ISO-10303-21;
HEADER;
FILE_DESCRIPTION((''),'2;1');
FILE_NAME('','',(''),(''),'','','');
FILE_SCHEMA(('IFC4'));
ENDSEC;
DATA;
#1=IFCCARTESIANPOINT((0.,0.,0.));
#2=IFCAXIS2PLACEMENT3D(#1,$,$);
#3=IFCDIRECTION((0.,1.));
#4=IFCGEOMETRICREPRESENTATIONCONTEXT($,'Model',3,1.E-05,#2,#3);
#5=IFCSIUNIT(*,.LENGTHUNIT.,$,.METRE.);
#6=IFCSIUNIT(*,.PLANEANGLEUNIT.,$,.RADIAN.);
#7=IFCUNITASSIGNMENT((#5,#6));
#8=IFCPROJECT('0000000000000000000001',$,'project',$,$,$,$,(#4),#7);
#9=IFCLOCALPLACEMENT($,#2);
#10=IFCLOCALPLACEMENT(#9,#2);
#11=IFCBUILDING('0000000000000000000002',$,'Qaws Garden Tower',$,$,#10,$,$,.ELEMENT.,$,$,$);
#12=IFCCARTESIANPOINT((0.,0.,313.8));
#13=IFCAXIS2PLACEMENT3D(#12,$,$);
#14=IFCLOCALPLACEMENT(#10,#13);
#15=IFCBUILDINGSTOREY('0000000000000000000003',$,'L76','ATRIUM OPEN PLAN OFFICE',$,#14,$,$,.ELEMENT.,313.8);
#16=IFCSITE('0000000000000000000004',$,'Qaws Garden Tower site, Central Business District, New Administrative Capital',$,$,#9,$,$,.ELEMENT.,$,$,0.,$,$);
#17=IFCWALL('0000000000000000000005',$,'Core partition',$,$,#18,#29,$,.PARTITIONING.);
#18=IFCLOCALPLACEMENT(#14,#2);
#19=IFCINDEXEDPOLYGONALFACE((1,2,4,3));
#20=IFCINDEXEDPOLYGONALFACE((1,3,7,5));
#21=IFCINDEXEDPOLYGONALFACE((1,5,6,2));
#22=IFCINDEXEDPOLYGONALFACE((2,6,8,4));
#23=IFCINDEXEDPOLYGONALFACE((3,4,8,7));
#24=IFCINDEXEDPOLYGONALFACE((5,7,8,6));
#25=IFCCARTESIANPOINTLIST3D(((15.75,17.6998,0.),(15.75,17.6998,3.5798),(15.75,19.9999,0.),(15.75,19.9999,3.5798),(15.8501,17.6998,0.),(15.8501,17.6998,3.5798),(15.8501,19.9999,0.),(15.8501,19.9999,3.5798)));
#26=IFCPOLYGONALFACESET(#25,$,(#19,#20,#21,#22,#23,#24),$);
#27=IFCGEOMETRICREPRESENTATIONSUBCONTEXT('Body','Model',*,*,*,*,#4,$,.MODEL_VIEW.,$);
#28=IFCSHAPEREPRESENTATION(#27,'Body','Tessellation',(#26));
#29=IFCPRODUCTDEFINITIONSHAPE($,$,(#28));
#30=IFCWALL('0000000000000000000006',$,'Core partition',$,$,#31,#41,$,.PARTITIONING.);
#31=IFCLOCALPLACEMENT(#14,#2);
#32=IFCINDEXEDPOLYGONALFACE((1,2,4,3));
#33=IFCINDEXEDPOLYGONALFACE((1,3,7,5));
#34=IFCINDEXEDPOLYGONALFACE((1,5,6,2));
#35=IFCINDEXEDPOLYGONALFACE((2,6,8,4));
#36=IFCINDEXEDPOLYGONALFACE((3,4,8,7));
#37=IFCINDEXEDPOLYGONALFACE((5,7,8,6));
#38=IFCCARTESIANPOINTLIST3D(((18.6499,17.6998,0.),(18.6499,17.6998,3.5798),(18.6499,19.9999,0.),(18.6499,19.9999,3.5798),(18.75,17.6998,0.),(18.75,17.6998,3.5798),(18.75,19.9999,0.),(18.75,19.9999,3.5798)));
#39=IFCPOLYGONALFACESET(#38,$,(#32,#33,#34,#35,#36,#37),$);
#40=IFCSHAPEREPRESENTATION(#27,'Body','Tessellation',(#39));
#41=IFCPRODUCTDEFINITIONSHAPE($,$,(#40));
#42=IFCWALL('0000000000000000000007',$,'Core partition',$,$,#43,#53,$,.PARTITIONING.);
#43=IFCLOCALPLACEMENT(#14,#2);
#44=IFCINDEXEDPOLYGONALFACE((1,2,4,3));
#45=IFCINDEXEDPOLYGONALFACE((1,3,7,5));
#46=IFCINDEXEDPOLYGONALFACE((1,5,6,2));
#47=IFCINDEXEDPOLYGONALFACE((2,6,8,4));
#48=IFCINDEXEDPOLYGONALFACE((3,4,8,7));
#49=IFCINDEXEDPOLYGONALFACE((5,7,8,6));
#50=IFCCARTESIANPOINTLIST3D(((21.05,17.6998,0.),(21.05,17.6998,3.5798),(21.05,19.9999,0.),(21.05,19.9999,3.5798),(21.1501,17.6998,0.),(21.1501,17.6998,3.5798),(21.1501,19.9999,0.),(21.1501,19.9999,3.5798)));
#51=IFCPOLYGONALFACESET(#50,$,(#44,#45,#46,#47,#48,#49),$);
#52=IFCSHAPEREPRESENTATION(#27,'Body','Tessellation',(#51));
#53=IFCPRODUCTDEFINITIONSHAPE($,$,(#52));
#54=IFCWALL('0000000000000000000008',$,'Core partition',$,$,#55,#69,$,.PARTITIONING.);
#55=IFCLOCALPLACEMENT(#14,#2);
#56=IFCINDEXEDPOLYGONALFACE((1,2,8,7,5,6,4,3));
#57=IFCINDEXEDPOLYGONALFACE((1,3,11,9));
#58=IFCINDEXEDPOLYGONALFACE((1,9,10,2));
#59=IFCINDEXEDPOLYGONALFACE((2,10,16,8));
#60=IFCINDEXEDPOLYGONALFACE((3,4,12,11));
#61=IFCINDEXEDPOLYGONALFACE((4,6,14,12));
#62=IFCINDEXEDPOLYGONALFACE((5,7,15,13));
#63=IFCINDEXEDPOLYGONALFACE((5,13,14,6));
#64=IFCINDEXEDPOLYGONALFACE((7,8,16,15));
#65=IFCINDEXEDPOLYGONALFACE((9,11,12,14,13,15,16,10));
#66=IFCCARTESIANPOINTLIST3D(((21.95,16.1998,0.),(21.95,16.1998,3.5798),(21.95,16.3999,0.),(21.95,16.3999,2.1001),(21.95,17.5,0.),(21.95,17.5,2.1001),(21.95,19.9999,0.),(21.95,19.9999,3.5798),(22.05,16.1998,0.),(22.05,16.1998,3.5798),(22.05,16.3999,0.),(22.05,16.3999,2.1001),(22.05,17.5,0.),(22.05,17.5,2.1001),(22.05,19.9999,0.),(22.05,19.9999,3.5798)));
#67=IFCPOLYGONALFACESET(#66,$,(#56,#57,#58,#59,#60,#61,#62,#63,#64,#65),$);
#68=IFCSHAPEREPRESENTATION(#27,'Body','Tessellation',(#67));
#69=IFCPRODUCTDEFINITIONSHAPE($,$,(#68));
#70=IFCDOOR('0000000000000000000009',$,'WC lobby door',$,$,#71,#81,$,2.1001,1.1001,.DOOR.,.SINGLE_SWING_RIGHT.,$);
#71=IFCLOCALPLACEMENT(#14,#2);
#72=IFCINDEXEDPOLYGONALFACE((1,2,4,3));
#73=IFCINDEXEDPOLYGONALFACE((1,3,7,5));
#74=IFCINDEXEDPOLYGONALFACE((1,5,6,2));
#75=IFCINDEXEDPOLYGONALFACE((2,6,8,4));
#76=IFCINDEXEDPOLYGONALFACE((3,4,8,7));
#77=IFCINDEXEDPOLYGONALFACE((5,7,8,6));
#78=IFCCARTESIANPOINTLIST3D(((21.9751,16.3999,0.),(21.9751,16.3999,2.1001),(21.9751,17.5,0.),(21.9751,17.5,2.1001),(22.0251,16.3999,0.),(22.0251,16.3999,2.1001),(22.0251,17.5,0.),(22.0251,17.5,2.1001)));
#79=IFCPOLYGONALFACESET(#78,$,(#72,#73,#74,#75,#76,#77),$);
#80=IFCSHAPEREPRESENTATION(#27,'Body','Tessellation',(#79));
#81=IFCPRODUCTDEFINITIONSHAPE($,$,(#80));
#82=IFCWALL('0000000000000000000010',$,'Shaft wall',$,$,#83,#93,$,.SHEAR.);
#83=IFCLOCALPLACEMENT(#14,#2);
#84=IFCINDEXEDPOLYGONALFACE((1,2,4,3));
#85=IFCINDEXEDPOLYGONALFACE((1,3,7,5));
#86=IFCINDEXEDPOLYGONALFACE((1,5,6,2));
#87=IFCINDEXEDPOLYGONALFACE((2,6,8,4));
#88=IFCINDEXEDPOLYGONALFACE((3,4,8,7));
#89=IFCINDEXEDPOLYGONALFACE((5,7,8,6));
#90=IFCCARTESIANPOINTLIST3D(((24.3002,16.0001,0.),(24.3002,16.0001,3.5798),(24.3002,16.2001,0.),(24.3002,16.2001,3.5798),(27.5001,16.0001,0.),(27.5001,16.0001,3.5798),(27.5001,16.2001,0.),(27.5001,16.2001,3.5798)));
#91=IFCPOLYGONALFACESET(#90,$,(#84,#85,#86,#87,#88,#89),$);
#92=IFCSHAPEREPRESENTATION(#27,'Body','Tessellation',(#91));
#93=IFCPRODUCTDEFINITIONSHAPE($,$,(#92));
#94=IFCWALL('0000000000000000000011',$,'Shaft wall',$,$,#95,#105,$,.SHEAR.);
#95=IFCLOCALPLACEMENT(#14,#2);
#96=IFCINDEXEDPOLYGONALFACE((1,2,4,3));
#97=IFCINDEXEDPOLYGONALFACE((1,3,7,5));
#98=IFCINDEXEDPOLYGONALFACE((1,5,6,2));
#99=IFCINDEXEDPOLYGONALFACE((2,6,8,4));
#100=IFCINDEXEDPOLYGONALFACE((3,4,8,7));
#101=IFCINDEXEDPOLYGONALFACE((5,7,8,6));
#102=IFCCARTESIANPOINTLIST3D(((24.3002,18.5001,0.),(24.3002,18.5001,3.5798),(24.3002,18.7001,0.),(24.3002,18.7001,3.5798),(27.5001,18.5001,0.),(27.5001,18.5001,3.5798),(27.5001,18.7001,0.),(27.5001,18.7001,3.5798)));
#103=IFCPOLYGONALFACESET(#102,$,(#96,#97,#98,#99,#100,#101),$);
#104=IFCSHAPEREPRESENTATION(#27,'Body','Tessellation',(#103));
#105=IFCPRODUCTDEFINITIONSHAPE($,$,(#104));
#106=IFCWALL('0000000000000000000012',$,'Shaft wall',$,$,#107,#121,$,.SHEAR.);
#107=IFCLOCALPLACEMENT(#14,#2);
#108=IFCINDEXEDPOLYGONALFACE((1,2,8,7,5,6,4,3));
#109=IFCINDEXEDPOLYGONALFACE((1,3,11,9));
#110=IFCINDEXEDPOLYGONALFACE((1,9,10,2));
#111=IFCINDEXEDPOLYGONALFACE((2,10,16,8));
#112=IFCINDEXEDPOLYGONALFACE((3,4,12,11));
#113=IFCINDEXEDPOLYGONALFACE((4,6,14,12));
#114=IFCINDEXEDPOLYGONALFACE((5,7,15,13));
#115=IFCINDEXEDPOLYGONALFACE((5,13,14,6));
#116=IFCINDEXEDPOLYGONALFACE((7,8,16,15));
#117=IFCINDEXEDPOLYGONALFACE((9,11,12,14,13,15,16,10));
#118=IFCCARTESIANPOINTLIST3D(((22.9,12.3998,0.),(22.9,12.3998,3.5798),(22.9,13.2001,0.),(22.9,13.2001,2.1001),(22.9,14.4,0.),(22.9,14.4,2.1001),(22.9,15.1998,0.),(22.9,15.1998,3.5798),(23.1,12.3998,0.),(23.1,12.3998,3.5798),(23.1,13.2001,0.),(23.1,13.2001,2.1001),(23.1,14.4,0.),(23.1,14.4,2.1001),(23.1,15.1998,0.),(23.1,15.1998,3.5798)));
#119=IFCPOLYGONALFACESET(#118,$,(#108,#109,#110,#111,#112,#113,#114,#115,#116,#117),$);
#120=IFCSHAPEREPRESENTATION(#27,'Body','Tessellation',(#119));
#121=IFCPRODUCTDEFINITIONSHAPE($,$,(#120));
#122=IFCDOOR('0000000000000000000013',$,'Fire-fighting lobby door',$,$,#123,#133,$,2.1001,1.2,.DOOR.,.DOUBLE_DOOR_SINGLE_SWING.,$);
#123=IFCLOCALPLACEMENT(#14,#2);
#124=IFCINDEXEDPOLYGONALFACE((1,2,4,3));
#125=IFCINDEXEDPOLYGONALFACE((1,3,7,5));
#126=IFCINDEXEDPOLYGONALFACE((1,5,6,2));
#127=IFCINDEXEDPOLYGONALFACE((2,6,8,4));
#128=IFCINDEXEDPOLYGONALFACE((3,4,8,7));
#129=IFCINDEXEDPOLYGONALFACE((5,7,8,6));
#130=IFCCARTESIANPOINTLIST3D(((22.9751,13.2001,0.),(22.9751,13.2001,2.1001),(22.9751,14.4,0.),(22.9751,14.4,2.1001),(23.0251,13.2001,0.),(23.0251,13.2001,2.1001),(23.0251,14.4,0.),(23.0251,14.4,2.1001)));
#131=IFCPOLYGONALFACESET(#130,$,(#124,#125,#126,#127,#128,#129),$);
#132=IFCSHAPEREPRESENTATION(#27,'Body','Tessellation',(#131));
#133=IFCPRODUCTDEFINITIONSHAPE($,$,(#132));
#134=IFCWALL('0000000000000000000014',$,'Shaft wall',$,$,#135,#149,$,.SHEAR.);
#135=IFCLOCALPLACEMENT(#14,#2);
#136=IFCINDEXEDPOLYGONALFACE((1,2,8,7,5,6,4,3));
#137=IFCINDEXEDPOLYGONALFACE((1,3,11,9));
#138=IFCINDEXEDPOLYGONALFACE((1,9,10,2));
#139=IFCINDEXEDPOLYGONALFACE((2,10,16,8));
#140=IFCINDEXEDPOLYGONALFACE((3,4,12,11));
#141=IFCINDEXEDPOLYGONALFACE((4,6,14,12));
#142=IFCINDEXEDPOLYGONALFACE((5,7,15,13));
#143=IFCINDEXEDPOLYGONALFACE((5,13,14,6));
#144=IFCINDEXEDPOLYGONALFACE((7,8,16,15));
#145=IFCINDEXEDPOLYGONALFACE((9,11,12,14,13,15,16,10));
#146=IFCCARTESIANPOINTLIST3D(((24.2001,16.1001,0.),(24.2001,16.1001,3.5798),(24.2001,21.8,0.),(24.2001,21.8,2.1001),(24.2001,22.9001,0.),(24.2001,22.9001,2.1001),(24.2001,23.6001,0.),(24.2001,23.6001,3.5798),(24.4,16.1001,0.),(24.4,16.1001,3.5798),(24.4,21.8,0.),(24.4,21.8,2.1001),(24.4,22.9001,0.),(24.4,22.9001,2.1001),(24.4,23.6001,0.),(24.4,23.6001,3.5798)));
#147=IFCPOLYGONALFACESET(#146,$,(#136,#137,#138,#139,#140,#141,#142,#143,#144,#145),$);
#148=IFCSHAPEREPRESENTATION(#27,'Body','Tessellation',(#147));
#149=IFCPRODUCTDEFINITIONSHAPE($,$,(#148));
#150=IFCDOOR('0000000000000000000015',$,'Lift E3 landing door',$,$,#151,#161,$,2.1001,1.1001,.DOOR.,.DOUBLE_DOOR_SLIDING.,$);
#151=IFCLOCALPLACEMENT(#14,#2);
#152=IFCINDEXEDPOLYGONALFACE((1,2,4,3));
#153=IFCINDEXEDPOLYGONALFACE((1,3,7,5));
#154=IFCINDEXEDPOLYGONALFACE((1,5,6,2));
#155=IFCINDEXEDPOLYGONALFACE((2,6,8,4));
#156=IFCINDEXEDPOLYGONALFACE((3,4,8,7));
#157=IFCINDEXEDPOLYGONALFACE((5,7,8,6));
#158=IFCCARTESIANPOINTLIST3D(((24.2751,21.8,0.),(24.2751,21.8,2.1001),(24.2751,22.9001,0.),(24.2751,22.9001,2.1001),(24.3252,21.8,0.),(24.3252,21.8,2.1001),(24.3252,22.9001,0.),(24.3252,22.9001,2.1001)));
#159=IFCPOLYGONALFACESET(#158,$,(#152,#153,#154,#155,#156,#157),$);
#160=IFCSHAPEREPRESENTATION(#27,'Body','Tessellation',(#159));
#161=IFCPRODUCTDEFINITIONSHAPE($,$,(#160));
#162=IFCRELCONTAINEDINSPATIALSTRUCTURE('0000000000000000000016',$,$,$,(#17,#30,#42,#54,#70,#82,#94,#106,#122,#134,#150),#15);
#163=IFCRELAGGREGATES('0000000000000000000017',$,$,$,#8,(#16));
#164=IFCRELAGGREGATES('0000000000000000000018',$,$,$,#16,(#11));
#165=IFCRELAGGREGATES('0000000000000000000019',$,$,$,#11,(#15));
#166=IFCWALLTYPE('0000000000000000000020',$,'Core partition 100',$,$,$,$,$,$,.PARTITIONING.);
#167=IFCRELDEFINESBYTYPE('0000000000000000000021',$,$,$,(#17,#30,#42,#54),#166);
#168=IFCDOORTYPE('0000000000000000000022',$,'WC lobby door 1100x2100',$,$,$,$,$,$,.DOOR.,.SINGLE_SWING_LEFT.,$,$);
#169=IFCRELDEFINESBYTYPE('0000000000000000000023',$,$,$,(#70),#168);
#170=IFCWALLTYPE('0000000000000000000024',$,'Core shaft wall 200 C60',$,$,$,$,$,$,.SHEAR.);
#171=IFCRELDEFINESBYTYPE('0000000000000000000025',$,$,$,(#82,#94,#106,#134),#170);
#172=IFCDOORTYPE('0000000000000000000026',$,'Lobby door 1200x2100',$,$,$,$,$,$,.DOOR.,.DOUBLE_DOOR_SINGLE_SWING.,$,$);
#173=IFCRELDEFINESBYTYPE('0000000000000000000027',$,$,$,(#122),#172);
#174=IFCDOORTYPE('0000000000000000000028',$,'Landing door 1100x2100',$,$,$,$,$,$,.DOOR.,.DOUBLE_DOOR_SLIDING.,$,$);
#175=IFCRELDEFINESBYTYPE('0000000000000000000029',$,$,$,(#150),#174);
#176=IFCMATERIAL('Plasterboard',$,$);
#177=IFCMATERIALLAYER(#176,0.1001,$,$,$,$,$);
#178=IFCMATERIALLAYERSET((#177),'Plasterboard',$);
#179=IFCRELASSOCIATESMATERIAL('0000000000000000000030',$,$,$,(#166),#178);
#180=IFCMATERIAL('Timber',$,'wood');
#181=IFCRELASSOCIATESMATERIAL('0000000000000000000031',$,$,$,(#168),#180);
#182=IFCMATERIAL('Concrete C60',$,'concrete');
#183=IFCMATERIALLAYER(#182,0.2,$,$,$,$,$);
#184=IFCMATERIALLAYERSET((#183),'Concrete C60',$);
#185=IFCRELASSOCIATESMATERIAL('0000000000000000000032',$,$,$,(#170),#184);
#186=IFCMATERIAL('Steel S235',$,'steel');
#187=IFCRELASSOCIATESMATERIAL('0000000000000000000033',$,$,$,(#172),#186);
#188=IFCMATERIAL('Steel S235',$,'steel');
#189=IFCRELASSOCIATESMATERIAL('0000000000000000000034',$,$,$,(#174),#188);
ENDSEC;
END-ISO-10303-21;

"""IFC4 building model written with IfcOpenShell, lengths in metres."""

from ifc_helpers import new_model, si_unit, direction, frame, frame_2d, origin, place, context, subcontext, project, spatial, rectangle, extrude, material, layer, layer_set, type_object, element, fill, save


model = new_model("IFC4")

# Units and contexts
model_context = context("Model", 3, precision=1e-05, world=origin(), true_north=direction((0.0, 1.0)))
body_context = subcontext(model_context, "Body", "Model", "MODEL_VIEW")
ifc_project = project(units=[si_unit("LENGTHUNIT", "METRE"), si_unit("PLANEANGLEUNIT", "RADIAN")], contexts=[model_context])

# Site, building, storey
site_placement = place(None, origin())
site = spatial("IfcSite", under=ifc_project, at=site_placement, Name="Qaws Garden Tower site, Central Business District, New Administrative Capital", CompositionType="ELEMENT", RefElevation=0.0)
building_placement = place(site_placement, origin())
building = spatial("IfcBuilding", under=site, at=building_placement, Name="Qaws Garden Tower", CompositionType="ELEMENT")
storey_placement = place(building_placement, frame((0.0, 0.0, 313.8)))
storey = spatial("IfcBuildingStorey", under=building, at=storey_placement, Name="L76", Description="ATRIUM OPEN PLAN OFFICE", CompositionType="ELEMENT", Elevation=313.8)

# Walls
ifc_material_1 = material(Name="Plasterboard")
ifc_layer_1 = layer(ifc_material_1, 0.1001)
ifc_layer_set_1 = layer_set([ifc_layer_1], Name="Plasterboard")
wall_type_1 = type_object("IfcWallType", Name="Core partition 100", PredefinedType="PARTITIONING", material=ifc_layer_set_1)
for number, where, z_axis, x_axis, name in (
    (1, (15.8, 17.7, 0.0), (0.0, 0.0, 1.0), (0.0, 1.0, 0.0), "Core partition"),
    (2, (18.7, 17.7, 0.0), (0.0, 0.0, 1.0), (0.0, 1.0, 0.0), "Core partition"),
    (3, (21.1001, 17.7, 0.0), (0.0, 0.0, 1.0), (0.0, 1.0, 0.0), "Core partition"),
):
    element("IfcWall", number, at=place(storey_placement, frame(where, z_axis=z_axis, x_axis=x_axis)), inside=storey, type_object=wall_type_1, Name=name, PredefinedType="PARTITIONING", context=body_context, shape_type="SweptSolid", body=[
        extrude(rectangle(XDim=2.3, YDim=0.1001, at=frame_2d((1.1499, 0.0))), origin(), (0.0, 0.0, 1.0), 3.5798),
    ])

# Wall, opening, door
wall_1_placement = place(storey_placement, frame((22.0, 16.2, 0.0), z_axis=(0.0, 0.0, 1.0), x_axis=(0.0, 1.0, 0.0)))
wall_1 = element("IfcWall", 4, at=wall_1_placement, inside=storey, type_object=wall_type_1, Name="Core partition", PredefinedType="PARTITIONING", context=body_context, shape_type="SweptSolid", body=[
    extrude(rectangle(XDim=3.8, YDim=0.1001, at=frame_2d((1.8999, 0.0))), origin(), (0.0, 0.0, 1.0), 3.5798),
])
opening_1_placement = place(wall_1_placement, frame((0.2, 0.0, 0.0)))
opening_1 = element("IfcOpeningElement", 5, at=opening_1_placement, cuts=wall_1, PredefinedType="OPENING", context=body_context, shape_type="SweptSolid", body=[
    extrude(rectangle(XDim=1.1001, YDim=2.1001, at=frame_2d((0.55, 1.05))), frame((0.0, 0.0601, 0.0), z_axis=(0.0, -1.0, 0.0), x_axis=(1.0, 0.0, 0.0)), (0.0, 0.0, 1.0), 0.1201),
])
ifc_material_2 = material(Name="Timber", Category="wood")
door_type_1 = type_object("IfcDoorType", Name="WC lobby door 1100x2100", OperationType="SINGLE_SWING_LEFT", PredefinedType="DOOR", material=ifc_material_2)
door_1_placement = place(opening_1_placement, origin())
door_1 = element("IfcDoor", 6, at=door_1_placement, inside=storey, type_object=door_type_1, Name="WC lobby door", OperationType="SINGLE_SWING_RIGHT", OverallHeight=2.1001, OverallWidth=1.1001, PredefinedType="DOOR", context=body_context, shape_type="SweptSolid", body=[
    extrude(rectangle(XDim=1.1001, YDim=2.1001, at=frame_2d((0.55, 1.05))), frame((0.0, 0.0249, 0.0), z_axis=(0.0, -1.0, 0.0), x_axis=(1.0, 0.0, 0.0)), (0.0, 0.0, 1.0), 0.05),
])
fill(opening_1, door_1)

# Walls
ifc_material_3 = material(Name="Concrete C60", Category="concrete")
ifc_layer_2 = layer(ifc_material_3, 0.2)
ifc_layer_set_2 = layer_set([ifc_layer_2], Name="Concrete C60")
wall_type_2 = type_object("IfcWallType", Name="Core shaft wall 200 C60", PredefinedType="SHEAR", material=ifc_layer_set_2)
for number, where, z_axis, x_axis, name in (
    (7, (24.3, 16.1001, 0.0), (0.0, 0.0, 1.0), (1.0, 0.0, 0.0), "Shaft wall"),
    (8, (24.3, 18.6001, 0.0), (0.0, 0.0, 1.0), (1.0, 0.0, 0.0), "Shaft wall"),
):
    element("IfcWall", number, at=place(storey_placement, frame(where, z_axis=z_axis, x_axis=x_axis)), inside=storey, type_object=wall_type_2, Name=name, PredefinedType="SHEAR", context=body_context, shape_type="SweptSolid", body=[
        extrude(rectangle(XDim=3.2, YDim=0.2, at=frame_2d((1.6001, 0.0))), origin(), (0.0, 0.0, 1.0), 3.5798),
    ])

# Walls, openings, doors
wall_2_placement = place(storey_placement, frame((23.0, 12.3999, 0.0), z_axis=(0.0, 0.0, 1.0), x_axis=(0.0, 1.0, 0.0)))
wall_2 = element("IfcWall", 9, at=wall_2_placement, inside=storey, type_object=wall_type_2, Name="Shaft wall", PredefinedType="SHEAR", context=body_context, shape_type="SweptSolid", body=[
    extrude(rectangle(XDim=2.8, YDim=0.2, at=frame_2d((1.3999, 0.0))), origin(), (0.0, 0.0, 1.0), 3.5798),
])
opening_2_placement = place(wall_2_placement, frame((0.8, 0.0, 0.0)))
opening_2 = element("IfcOpeningElement", 10, at=opening_2_placement, cuts=wall_2, PredefinedType="OPENING", context=body_context, shape_type="SweptSolid", body=[
    extrude(rectangle(XDim=1.2, YDim=2.1001, at=frame_2d((0.6001, 1.05))), frame((0.0, 0.1099, 0.0), z_axis=(0.0, -1.0, 0.0), x_axis=(1.0, 0.0, 0.0)), (0.0, 0.0, 1.0), 0.22),
])
ifc_material_4 = material(Name="Steel S235", Category="steel")
door_type_2 = type_object("IfcDoorType", Name="Lobby door 1200x2100", OperationType="DOUBLE_DOOR_SINGLE_SWING", PredefinedType="DOOR", material=ifc_material_4)
door_2_placement = place(opening_2_placement, origin())
door_2 = element("IfcDoor", 11, at=door_2_placement, inside=storey, type_object=door_type_2, Name="Fire-fighting lobby door", OperationType="DOUBLE_DOOR_SINGLE_SWING", OverallHeight=2.1001, OverallWidth=1.2, PredefinedType="DOOR", context=body_context, shape_type="SweptSolid", body=[
    extrude(rectangle(XDim=1.2, YDim=2.1001, at=frame_2d((0.6001, 1.05))), frame((0.0, 0.0249, 0.0), z_axis=(0.0, -1.0, 0.0), x_axis=(1.0, 0.0, 0.0)), (0.0, 0.0, 1.0), 0.05),
])
fill(opening_2, door_2)
wall_3_placement = place(storey_placement, frame((24.3, 16.1001, 0.0), z_axis=(0.0, 0.0, 1.0), x_axis=(0.0, 1.0, 0.0)))
wall_3 = element("IfcWall", 12, at=wall_3_placement, inside=storey, type_object=wall_type_2, Name="Shaft wall", PredefinedType="SHEAR", context=body_context, shape_type="SweptSolid", body=[
    extrude(rectangle(XDim=7.5, YDim=0.2, at=frame_2d((3.75, 0.0))), origin(), (0.0, 0.0, 1.0), 3.5798),
])
opening_3_placement = place(wall_3_placement, frame((5.7, 0.0, 0.0)))
opening_3 = element("IfcOpeningElement", 13, at=opening_3_placement, cuts=wall_3, PredefinedType="OPENING", context=body_context, shape_type="SweptSolid", body=[
    extrude(rectangle(XDim=1.1001, YDim=2.1001, at=frame_2d((0.55, 1.05))), frame((0.0, 0.1099, 0.0), z_axis=(0.0, -1.0, 0.0), x_axis=(1.0, 0.0, 0.0)), (0.0, 0.0, 1.0), 0.22),
])
ifc_material_5 = material(Name="Steel S235", Category="steel")
door_type_3 = type_object("IfcDoorType", Name="Landing door 1100x2100", OperationType="DOUBLE_DOOR_SLIDING", PredefinedType="DOOR", material=ifc_material_5)
door_3_placement = place(opening_3_placement, origin())
door_3 = element("IfcDoor", 14, at=door_3_placement, inside=storey, type_object=door_type_3, Name="Lift E3 landing door", OperationType="DOUBLE_DOOR_SLIDING", OverallHeight=2.1001, OverallWidth=1.1001, PredefinedType="DOOR", context=body_context, shape_type="SweptSolid", body=[
    extrude(rectangle(XDim=1.1001, YDim=2.1001, at=frame_2d((0.55, 1.05))), frame((0.0, 0.0249, 0.0), z_axis=(0.0, -1.0, 0.0), x_axis=(1.0, 0.0, 0.0)), (0.0, 0.0, 1.0), 0.05),
])
fill(opening_3, door_3)

save(model, "model.ifc")
